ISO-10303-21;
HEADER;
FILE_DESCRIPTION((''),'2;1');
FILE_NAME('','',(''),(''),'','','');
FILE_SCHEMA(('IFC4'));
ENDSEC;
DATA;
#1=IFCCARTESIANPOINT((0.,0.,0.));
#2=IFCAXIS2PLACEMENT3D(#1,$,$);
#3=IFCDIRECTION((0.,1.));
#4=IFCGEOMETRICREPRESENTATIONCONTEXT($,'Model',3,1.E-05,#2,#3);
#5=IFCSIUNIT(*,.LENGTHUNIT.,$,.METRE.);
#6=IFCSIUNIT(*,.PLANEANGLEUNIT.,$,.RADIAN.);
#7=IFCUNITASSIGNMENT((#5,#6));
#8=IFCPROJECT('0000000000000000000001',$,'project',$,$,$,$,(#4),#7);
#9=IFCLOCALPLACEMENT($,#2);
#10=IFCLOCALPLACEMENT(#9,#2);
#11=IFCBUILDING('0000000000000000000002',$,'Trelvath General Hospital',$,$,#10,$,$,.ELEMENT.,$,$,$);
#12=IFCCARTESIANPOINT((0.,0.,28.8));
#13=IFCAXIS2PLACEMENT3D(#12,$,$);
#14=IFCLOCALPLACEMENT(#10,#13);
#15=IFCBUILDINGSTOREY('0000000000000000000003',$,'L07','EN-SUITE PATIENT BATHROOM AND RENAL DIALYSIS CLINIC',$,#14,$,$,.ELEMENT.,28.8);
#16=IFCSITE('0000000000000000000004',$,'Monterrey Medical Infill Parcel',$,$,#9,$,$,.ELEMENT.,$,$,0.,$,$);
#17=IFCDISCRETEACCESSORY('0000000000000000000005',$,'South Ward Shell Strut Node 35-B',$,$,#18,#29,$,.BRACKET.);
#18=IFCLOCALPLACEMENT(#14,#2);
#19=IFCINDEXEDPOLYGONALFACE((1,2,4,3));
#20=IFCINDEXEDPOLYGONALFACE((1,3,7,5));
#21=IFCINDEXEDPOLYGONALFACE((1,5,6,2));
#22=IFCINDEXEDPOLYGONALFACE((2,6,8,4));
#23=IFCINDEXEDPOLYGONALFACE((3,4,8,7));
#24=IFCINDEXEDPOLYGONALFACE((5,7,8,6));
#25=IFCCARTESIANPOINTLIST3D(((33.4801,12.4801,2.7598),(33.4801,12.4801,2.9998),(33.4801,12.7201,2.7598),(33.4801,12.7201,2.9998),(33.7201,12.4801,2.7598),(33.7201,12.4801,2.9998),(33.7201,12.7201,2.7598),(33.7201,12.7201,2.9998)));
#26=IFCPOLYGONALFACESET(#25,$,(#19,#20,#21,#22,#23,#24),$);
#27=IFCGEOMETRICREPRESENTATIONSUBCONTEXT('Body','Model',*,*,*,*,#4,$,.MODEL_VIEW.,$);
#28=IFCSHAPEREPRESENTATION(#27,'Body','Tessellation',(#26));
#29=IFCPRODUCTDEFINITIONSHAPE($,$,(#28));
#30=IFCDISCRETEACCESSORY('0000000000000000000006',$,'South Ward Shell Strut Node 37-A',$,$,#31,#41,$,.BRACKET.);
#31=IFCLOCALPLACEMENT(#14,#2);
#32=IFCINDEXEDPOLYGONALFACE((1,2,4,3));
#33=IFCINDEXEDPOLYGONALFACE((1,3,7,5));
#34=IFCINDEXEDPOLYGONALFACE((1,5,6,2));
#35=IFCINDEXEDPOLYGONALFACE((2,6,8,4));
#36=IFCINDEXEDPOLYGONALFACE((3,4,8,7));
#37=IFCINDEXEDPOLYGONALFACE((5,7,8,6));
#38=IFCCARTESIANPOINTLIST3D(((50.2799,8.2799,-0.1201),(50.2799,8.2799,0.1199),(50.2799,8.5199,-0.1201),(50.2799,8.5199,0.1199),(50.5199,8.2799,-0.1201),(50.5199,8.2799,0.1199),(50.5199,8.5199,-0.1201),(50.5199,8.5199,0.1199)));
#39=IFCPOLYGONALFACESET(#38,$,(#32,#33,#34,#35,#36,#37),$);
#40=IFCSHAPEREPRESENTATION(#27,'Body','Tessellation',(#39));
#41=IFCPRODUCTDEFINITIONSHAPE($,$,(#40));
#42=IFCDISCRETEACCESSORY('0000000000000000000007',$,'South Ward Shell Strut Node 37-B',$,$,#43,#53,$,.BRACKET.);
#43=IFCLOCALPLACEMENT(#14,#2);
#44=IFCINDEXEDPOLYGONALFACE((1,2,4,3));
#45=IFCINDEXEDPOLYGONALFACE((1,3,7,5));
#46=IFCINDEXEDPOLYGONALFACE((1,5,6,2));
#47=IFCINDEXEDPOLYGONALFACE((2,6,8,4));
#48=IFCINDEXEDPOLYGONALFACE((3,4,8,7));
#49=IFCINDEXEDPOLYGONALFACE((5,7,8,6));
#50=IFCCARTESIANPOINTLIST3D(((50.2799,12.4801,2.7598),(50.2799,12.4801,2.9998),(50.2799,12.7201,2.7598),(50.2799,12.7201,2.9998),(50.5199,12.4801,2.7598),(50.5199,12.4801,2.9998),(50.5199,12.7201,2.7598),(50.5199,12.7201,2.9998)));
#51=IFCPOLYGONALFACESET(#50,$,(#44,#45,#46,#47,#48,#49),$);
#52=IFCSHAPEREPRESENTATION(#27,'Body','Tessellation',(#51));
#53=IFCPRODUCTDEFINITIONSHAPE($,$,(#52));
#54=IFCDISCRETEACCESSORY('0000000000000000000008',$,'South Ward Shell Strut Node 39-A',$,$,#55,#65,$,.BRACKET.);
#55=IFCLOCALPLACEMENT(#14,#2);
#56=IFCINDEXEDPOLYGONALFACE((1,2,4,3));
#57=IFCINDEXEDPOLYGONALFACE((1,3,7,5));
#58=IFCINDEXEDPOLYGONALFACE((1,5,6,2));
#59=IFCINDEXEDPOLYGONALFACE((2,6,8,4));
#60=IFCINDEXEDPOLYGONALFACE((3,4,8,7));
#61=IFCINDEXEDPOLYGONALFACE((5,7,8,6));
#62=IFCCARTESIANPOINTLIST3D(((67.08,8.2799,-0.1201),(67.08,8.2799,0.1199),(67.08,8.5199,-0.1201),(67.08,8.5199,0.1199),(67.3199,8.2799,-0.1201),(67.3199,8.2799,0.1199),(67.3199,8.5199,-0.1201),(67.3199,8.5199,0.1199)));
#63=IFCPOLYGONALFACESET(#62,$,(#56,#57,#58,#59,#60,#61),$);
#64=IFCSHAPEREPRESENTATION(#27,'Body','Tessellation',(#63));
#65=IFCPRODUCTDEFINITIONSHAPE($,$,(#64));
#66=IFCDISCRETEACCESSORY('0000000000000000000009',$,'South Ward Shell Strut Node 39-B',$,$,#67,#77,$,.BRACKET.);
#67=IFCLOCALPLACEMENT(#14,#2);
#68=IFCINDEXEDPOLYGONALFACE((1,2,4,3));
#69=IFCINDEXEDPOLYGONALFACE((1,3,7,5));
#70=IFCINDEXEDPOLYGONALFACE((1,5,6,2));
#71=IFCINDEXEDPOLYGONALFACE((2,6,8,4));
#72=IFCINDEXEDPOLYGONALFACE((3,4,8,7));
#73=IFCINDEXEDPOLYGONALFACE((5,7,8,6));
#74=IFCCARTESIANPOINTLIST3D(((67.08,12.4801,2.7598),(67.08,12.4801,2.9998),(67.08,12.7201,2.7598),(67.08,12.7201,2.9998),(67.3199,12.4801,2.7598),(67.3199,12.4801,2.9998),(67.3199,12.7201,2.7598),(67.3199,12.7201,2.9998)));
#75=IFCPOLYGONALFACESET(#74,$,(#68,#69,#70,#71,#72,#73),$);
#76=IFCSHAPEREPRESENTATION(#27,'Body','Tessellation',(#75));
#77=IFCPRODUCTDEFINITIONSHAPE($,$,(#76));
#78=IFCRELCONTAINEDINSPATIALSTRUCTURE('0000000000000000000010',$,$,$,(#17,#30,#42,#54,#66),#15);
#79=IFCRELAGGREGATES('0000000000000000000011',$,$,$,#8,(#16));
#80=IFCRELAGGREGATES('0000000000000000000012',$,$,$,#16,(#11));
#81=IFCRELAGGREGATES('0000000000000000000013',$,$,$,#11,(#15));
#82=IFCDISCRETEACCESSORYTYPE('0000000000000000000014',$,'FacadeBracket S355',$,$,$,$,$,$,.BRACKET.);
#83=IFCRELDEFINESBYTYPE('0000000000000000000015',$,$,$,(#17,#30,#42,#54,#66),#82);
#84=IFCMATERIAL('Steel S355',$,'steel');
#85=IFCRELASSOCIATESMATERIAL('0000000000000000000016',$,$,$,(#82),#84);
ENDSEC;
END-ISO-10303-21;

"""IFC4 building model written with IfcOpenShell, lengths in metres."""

from ifc_helpers import new_model, si_unit, direction, frame, origin, origin_2d, place, context, subcontext, project, spatial, rectangle, extrude, material, type_object, element, save


model = new_model("IFC4")

# Units and contexts
model_context = context("Model", 3, precision=1e-05, world=origin(), true_north=direction((0.0, 1.0)))
body_context = subcontext(model_context, "Body", "Model", "MODEL_VIEW")
ifc_project = project(units=[si_unit("LENGTHUNIT", "METRE"), si_unit("PLANEANGLEUNIT", "RADIAN")], contexts=[model_context])

# Site, building, storey
site_placement = place(None, origin())
site = spatial("IfcSite", under=ifc_project, at=site_placement, Name="Monterrey Medical Infill Parcel", CompositionType="ELEMENT", RefElevation=0.0)
building_placement = place(site_placement, origin())
building = spatial("IfcBuilding", under=site, at=building_placement, Name="Trelvath General Hospital", CompositionType="ELEMENT")
storey_placement = place(building_placement, frame((0.0, 0.0, 28.8)))
storey = spatial("IfcBuildingStorey", under=building, at=storey_placement, Name="L07", Description="EN-SUITE PATIENT BATHROOM AND RENAL DIALYSIS CLINIC", CompositionType="ELEMENT", Elevation=28.8)

# Discrete accessories
ifc_material_1 = material(Name="Steel S355", Category="steel")
discrete_accessory_type = type_object("IfcDiscreteAccessoryType", Name="FacadeBracket S355", PredefinedType="BRACKET", material=ifc_material_1)
for number, where, z_axis, x_axis, name in (
    (1, (33.6001, 12.6001, 2.7598), (0.0, 0.0, 1.0), (1.0, 0.0, 0.0), "South Ward Shell Strut Node 35-B"),
    (2, (50.3999, 8.3999, -0.1201), (0.0, 0.0, 1.0), (1.0, 0.0, 0.0), "South Ward Shell Strut Node 37-A"),
    (3, (50.3999, 12.6001, 2.7598), (0.0, 0.0, 1.0), (1.0, 0.0, 0.0), "South Ward Shell Strut Node 37-B"),
    (4, (67.2, 8.3999, -0.1201), (0.0, 0.0, 1.0), (1.0, 0.0, 0.0), "South Ward Shell Strut Node 39-A"),
    (5, (67.2, 12.6001, 2.7598), (0.0, 0.0, 1.0), (1.0, 0.0, 0.0), "South Ward Shell Strut Node 39-B"),
):
    element("IfcDiscreteAccessory", number, at=place(storey_placement, frame(where, z_axis=z_axis, x_axis=x_axis)), inside=storey, type_object=discrete_accessory_type, Name=name, PredefinedType="BRACKET", context=body_context, shape_type="SweptSolid", body=[
        extrude(rectangle(XDim=0.24, YDim=0.24, at=origin_2d()), origin(), (0.0, 0.0, 1.0), 0.24),
    ])

save(model, "model.ifc")
